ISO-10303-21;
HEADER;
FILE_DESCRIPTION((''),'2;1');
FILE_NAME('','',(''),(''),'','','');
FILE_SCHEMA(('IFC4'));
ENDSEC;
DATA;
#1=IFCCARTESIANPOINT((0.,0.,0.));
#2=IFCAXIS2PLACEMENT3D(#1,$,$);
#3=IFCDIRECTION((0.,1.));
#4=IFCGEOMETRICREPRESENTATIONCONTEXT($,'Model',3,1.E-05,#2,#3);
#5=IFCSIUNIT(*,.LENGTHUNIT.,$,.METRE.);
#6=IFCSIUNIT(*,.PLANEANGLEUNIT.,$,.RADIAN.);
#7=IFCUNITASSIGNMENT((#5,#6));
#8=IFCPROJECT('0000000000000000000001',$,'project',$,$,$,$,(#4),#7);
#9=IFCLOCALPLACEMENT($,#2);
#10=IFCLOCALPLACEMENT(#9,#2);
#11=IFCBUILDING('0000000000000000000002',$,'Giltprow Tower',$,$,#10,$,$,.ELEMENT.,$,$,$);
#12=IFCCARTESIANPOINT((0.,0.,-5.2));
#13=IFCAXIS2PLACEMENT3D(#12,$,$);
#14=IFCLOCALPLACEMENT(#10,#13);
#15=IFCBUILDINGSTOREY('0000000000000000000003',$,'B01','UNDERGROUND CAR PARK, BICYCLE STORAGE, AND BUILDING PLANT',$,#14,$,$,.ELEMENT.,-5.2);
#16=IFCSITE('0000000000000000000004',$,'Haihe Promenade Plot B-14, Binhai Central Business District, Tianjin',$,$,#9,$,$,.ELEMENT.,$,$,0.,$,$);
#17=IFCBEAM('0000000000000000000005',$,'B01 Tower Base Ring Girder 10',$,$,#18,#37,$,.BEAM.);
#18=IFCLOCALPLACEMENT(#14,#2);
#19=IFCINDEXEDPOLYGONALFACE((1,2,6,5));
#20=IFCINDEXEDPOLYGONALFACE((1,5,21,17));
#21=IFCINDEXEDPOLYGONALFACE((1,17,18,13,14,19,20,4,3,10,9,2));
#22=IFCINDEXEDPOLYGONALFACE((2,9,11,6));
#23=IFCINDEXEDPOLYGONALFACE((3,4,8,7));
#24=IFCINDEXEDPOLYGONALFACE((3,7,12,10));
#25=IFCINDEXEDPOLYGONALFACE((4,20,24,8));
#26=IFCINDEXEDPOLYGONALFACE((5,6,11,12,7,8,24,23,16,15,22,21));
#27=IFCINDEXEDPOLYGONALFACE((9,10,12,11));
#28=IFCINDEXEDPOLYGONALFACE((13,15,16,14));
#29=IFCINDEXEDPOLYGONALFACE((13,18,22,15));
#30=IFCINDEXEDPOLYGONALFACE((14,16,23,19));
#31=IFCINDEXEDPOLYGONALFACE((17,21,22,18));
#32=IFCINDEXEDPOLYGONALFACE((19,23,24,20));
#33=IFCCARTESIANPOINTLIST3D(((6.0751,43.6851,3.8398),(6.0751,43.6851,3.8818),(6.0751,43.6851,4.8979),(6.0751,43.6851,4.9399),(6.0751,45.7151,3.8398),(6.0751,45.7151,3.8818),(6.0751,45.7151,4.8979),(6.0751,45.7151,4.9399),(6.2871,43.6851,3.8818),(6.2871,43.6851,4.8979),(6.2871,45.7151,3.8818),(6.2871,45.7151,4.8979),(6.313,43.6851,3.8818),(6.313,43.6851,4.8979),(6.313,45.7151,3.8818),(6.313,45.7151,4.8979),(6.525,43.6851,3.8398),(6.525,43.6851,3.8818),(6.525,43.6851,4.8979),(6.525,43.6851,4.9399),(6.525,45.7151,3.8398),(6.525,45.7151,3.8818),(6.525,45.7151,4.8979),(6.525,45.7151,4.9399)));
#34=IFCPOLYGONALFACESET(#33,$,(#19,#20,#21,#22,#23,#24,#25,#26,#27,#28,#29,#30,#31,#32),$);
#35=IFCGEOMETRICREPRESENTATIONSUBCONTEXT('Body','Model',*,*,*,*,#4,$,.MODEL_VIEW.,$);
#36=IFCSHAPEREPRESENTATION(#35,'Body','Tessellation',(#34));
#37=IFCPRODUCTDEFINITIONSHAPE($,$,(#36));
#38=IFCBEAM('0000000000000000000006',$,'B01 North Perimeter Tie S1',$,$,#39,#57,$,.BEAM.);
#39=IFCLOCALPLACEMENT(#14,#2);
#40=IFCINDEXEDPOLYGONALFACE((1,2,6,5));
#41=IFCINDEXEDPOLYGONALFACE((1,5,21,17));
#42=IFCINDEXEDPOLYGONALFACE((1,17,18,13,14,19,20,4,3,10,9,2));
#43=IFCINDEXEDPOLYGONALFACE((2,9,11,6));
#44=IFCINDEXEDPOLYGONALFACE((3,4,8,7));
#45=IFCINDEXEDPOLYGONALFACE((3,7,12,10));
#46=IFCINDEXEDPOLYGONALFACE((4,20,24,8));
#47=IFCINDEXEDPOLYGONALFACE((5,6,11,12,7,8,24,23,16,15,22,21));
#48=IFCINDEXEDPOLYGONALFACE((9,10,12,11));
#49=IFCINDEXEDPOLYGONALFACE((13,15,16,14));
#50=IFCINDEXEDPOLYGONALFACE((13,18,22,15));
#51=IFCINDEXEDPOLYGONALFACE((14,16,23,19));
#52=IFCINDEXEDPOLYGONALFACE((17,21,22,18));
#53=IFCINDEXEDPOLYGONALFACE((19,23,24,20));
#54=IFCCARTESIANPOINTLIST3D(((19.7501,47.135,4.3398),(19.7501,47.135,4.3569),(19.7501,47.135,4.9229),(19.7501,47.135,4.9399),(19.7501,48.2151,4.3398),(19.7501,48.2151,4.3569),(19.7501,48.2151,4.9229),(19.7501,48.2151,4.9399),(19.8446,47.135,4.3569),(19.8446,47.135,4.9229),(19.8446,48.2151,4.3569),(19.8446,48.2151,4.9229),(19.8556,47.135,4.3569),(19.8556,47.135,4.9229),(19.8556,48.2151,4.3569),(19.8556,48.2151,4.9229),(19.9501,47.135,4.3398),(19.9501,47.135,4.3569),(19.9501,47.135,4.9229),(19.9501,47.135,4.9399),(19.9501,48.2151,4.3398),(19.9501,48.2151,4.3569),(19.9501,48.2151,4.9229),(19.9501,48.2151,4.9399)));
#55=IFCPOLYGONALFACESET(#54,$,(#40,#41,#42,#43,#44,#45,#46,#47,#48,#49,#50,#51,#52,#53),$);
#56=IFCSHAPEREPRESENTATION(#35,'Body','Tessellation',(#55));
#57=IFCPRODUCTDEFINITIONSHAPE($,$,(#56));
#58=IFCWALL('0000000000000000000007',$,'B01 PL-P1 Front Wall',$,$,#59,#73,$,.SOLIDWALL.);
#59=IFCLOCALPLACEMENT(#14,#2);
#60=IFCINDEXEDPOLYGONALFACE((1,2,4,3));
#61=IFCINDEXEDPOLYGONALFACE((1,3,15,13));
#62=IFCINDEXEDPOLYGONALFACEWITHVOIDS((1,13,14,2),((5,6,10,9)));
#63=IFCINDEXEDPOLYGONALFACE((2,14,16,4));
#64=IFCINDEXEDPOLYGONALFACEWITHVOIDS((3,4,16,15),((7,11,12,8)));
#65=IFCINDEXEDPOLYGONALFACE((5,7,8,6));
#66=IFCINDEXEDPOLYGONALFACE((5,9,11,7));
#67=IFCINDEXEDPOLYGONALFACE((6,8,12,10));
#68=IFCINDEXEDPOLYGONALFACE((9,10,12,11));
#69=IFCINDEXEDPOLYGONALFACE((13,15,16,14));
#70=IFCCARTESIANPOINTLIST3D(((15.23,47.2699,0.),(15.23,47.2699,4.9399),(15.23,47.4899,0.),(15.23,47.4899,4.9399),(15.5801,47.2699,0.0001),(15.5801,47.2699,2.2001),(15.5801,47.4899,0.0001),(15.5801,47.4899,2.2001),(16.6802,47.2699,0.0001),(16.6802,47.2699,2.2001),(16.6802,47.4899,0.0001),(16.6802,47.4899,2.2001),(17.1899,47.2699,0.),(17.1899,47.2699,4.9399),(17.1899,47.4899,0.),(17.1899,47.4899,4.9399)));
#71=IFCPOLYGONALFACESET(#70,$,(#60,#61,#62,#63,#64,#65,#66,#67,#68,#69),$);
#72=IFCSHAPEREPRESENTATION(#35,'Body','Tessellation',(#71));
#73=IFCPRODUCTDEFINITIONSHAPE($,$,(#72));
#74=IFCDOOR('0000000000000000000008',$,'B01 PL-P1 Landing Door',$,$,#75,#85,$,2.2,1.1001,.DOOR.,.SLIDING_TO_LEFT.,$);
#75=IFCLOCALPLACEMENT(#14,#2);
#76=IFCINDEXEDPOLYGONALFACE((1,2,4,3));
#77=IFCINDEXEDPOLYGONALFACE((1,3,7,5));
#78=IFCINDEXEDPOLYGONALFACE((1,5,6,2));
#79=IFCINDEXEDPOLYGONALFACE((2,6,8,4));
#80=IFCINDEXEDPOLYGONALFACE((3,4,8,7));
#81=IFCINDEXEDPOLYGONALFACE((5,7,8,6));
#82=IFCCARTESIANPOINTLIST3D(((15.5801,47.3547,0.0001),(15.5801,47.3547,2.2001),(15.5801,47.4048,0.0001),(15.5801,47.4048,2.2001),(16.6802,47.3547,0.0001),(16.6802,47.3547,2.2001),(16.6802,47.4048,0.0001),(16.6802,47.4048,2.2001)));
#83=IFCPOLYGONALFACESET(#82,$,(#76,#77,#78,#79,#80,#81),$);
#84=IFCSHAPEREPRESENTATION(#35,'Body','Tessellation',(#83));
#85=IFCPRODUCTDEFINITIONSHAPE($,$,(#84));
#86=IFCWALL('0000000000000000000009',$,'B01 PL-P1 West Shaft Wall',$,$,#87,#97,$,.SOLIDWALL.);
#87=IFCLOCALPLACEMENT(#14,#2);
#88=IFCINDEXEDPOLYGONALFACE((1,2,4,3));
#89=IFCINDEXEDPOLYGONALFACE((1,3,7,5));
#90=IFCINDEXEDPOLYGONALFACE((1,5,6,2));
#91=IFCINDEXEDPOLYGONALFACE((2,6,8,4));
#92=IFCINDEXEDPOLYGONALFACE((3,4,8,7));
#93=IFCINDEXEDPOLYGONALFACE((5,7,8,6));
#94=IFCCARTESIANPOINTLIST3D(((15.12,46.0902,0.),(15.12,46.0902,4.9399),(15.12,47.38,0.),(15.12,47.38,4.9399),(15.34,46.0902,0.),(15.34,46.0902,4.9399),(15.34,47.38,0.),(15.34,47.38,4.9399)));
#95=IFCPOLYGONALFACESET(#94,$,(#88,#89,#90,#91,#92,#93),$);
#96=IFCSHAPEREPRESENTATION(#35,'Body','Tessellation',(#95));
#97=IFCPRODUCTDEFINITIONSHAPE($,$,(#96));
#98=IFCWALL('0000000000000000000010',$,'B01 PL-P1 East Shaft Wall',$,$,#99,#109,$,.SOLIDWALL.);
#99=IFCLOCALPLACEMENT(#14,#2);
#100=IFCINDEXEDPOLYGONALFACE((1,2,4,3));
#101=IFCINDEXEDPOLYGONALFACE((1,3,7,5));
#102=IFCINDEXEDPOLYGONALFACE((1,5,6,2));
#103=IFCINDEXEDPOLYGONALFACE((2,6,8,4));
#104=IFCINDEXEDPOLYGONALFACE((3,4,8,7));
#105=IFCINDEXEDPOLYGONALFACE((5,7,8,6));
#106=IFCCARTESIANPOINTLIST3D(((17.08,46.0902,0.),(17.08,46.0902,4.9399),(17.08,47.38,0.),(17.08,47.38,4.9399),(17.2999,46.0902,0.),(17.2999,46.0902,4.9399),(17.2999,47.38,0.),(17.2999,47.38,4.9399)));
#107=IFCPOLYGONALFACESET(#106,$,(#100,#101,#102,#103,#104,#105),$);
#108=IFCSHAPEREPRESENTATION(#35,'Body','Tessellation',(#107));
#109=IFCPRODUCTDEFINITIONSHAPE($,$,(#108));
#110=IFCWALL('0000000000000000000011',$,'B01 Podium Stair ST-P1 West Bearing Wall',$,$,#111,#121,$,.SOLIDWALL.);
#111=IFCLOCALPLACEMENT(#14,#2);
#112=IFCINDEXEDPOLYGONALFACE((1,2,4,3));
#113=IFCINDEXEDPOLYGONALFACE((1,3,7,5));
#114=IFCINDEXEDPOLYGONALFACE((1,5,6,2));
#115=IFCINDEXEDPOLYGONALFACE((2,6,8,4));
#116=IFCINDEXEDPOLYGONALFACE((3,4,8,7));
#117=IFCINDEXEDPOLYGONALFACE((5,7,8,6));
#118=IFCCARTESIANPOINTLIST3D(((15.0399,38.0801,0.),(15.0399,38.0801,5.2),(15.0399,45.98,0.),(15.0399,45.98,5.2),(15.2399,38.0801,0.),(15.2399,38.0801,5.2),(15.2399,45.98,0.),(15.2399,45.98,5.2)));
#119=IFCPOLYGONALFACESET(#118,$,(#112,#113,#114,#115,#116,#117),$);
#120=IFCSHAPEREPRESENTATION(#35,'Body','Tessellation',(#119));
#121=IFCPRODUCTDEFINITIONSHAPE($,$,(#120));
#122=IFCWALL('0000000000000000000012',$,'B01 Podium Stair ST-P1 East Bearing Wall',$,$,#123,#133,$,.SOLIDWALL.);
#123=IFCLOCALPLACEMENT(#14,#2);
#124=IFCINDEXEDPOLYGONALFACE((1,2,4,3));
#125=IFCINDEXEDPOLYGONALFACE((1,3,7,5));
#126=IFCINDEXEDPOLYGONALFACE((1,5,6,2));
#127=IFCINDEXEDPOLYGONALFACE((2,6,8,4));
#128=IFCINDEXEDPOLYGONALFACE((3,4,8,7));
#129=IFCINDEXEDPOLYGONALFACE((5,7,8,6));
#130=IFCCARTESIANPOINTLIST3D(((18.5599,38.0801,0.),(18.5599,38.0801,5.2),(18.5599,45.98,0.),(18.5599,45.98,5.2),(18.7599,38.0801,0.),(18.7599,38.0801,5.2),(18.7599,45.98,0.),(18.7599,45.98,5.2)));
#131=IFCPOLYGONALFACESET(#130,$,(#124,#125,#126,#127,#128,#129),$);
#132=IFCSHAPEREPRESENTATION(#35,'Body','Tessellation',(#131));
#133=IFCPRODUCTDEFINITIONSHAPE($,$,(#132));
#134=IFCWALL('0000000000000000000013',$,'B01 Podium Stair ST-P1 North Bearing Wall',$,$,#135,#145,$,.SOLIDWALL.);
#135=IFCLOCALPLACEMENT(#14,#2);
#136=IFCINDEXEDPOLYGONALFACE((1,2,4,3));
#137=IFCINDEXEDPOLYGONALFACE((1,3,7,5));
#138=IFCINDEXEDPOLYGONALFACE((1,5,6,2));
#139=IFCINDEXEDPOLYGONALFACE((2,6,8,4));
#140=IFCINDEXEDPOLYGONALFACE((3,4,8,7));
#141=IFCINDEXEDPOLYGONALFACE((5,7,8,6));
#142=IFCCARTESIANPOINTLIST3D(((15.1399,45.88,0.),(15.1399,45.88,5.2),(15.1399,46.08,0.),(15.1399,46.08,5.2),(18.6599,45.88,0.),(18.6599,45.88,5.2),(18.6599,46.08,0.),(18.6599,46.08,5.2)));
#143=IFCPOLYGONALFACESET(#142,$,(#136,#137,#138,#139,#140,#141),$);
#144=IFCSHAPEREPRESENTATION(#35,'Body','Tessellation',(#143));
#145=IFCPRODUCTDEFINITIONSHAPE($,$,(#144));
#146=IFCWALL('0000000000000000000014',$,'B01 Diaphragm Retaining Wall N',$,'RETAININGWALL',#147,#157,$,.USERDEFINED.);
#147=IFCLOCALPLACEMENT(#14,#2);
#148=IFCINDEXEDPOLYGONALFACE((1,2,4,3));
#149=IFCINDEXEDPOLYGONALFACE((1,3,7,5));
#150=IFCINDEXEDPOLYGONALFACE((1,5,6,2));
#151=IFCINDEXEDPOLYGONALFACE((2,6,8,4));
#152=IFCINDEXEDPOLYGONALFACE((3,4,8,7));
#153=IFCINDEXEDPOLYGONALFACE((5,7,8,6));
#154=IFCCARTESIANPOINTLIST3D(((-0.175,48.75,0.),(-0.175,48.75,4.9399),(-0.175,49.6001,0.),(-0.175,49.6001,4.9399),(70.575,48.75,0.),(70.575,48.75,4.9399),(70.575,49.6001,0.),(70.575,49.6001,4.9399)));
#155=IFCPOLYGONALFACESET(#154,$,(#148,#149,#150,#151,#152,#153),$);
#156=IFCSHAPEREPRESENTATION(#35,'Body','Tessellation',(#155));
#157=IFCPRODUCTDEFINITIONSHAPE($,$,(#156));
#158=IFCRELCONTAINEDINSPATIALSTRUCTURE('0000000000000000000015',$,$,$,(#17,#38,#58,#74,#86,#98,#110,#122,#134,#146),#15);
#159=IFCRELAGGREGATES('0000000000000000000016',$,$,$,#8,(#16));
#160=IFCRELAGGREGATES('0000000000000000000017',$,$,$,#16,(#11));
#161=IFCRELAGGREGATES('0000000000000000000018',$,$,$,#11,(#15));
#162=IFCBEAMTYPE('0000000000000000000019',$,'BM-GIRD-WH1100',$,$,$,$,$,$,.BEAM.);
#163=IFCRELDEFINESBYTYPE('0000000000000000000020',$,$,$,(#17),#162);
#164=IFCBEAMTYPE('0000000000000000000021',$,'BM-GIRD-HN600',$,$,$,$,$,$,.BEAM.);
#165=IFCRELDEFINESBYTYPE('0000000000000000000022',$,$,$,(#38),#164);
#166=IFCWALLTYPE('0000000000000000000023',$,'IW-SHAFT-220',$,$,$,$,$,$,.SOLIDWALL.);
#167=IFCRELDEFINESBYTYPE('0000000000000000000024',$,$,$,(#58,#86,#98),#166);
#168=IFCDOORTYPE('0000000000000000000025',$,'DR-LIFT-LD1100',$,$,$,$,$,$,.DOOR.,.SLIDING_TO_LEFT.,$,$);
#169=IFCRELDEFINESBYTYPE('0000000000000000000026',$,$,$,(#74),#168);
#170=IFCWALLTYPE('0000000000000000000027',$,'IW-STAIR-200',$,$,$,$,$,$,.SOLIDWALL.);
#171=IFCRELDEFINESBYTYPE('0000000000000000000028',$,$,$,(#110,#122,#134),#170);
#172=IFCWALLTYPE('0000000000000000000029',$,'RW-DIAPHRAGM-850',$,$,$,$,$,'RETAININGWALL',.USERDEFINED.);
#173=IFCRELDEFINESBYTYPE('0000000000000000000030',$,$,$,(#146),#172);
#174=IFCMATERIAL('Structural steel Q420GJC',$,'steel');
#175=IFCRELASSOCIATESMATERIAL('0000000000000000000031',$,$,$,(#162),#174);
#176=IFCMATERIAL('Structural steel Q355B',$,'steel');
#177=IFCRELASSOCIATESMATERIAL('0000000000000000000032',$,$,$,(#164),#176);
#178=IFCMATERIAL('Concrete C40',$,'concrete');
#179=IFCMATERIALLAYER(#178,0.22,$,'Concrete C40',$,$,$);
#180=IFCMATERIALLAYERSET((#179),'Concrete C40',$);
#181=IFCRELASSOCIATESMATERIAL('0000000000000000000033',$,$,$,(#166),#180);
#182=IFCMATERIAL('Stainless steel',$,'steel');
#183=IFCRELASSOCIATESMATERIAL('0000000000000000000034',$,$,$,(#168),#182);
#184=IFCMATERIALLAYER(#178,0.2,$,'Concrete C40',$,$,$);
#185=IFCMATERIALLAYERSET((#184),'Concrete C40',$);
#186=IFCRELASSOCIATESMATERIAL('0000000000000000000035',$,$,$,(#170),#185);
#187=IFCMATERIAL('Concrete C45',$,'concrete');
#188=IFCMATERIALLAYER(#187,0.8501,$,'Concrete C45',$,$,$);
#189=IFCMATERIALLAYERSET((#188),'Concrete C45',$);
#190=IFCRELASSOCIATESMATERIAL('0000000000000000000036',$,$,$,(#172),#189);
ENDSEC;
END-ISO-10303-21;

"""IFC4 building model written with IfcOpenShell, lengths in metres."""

from ifc_helpers import new_model, si_unit, direction, frame, frame_2d, origin, origin_2d, place, context, subcontext, project, spatial, rectangle, i_section, extrude, source, transform, mapped, material, layer, layer_set, material_profile, profile_set, type_object, element, fill, save


model = new_model("IFC4")

# Units and contexts
model_context = context("Model", 3, precision=1e-05, world=origin(), true_north=direction((0.0, 1.0)))
body_context = subcontext(model_context, "Body", "Model", "MODEL_VIEW")
ifc_project = project(units=[si_unit("LENGTHUNIT", "METRE"), si_unit("PLANEANGLEUNIT", "RADIAN")], contexts=[model_context])

# Site, building, storey
site_placement = place(None, origin())
site = spatial("IfcSite", under=ifc_project, at=site_placement, Name="Haihe Promenade Plot B-14, Binhai Central Business District, Tianjin", CompositionType="ELEMENT", RefElevation=0.0)
building_placement = place(site_placement, origin())
building = spatial("IfcBuilding", under=site, at=building_placement, Name="Giltprow Tower", CompositionType="ELEMENT")
storey_placement = place(building_placement, frame((0.0, 0.0, -5.2)))
storey = spatial("IfcBuildingStorey", under=building, at=storey_placement, Name="B01", Description="UNDERGROUND CAR PARK, BICYCLE STORAGE, AND BUILDING PLANT", CompositionType="ELEMENT", Elevation=-5.2)

# Shared definitions
ifc_material_1 = material(Name="Concrete C45", Category="concrete")
ifc_material_2 = material(Name="Structural steel Q420GJC", Category="steel")

# Beams
ifc_material_profile_1 = material_profile(ifc_material_2, i_section(OverallWidth=0.45, OverallDepth=1.1001, WebThickness=0.0259, FlangeThickness=0.042, at=origin_2d()), Name="WH 1100x450x26x42")
ifc_profile_set_1 = profile_set([ifc_material_profile_1], Name="Structural steel Q420GJC")
beam_type_1 = type_object("IfcBeamType", Name="BM-GIRD-WH1100", PredefinedType="BEAM", material=ifc_profile_set_1)
shared_shape_1 = source(origin(), body_context, "Body", "SweptSolid", [
    extrude(i_section(OverallWidth=0.45, OverallDepth=1.1001, WebThickness=0.0259, FlangeThickness=0.042, at=origin_2d()), origin(), (0.0, 0.0, 1.0), 2.03),
])
beam_1_placement = place(storey_placement, frame((6.3, 45.7151, 4.3899), z_axis=(0.0, -1.0, 0.0), x_axis=(1.0, 0.0, 0.0)))
element("IfcBeam", 1, at=beam_1_placement, inside=storey, type_object=beam_type_1, Name="B01 Tower Base Ring Girder 10", PredefinedType="BEAM", context=body_context, shape_type="MappedRepresentation", body=[
    mapped(shared_shape_1, transform((0.0, 0.0, 0.0), x_axis=(1.0, 0.0, 0.0), y_axis=(0.0, 1.0, 0.0), z_axis=(0.0, 0.0, 1.0), scale=1.0)),
])
ifc_material_3 = material(Name="Structural steel Q355B", Category="steel")
ifc_material_profile_2 = material_profile(ifc_material_3, i_section(OverallWidth=0.2, OverallDepth=0.6001, WebThickness=0.011, FlangeThickness=0.0171, at=origin_2d()), Name="HN 600x200x11x17")
ifc_profile_set_2 = profile_set([ifc_material_profile_2], Name="Structural steel Q355B")
beam_type_2 = type_object("IfcBeamType", Name="BM-GIRD-HN600", PredefinedType="BEAM", material=ifc_profile_set_2)
shared_shape_2 = source(origin(), body_context, "Body", "SweptSolid", [
    extrude(i_section(OverallWidth=0.2, OverallDepth=0.6001, WebThickness=0.011, FlangeThickness=0.0171, at=origin_2d()), origin(), (0.0, 0.0, 1.0), 1.0801),
])
beam_2_placement = place(storey_placement, frame((19.8501, 47.135, 4.6399), z_axis=(0.0, 1.0, 0.0), x_axis=(-1.0, 0.0, 0.0)))
element("IfcBeam", 2, at=beam_2_placement, inside=storey, type_object=beam_type_2, Name="B01 North Perimeter Tie S1", PredefinedType="BEAM", context=body_context, shape_type="MappedRepresentation", body=[
    mapped(shared_shape_2, transform((0.0, 0.0, 0.0), x_axis=(1.0, 0.0, 0.0), y_axis=(0.0, 1.0, 0.0), z_axis=(0.0, 0.0, 1.0), scale=1.0)),
])

# Wall, opening, door
ifc_material_4 = material(Name="Concrete C40", Category="concrete")
ifc_layer_1 = layer(ifc_material_4, 0.22, Name="Concrete C40")
ifc_layer_set_1 = layer_set([ifc_layer_1], Name="Concrete C40")
wall_type_1 = type_object("IfcWallType", Name="IW-SHAFT-220", PredefinedType="SOLIDWALL", material=ifc_layer_set_1)
wall_1_placement = place(storey_placement, frame((15.23, 47.3799, 0.0), z_axis=(0.0, 0.0, 1.0), x_axis=(1.0, 0.0, 0.0)))
wall_1 = element("IfcWall", 3, at=wall_1_placement, inside=storey, type_object=wall_type_1, Name="B01 PL-P1 Front Wall", PredefinedType="SOLIDWALL", context=body_context, shape_type="SweptSolid", body=[
    extrude(rectangle(XDim=1.96, YDim=0.22, at=frame_2d((0.98, 0.0))), origin(), (0.0, 0.0, 1.0), 4.9399),
])
opening_1_placement = place(wall_1_placement, frame((0.3501, 0.0, 0.0)))
opening_1 = element("IfcOpeningElement", 4, at=opening_1_placement, cuts=wall_1, PredefinedType="OPENING", context=body_context, shape_type="SweptSolid", body=[
    extrude(rectangle(XDim=1.1001, YDim=2.2, at=frame_2d((0.55, 1.1001))), frame((0.0, 0.1199, 0.0), z_axis=(0.0, -1.0, 0.0), x_axis=(1.0, 0.0, 0.0)), (0.0, 0.0, 1.0), 0.24),
])
ifc_material_5 = material(Name="Stainless steel", Category="steel")
door_type_1 = type_object("IfcDoorType", Name="DR-LIFT-LD1100", OperationType="SLIDING_TO_LEFT", PredefinedType="DOOR", material=ifc_material_5)
shared_shape_3 = source(origin(), body_context, "Body", "SweptSolid", [
    extrude(rectangle(XDim=1.1001, YDim=2.2, at=frame_2d((0.55, 1.1001))), frame((0.0, 0.0249, 0.0), z_axis=(0.0, -1.0, 0.0), x_axis=(1.0, 0.0, 0.0)), (0.0, 0.0, 1.0), 0.05),
])
door_1_placement = place(opening_1_placement, origin())
door_1 = element("IfcDoor", 5, at=door_1_placement, inside=storey, type_object=door_type_1, Name="B01 PL-P1 Landing Door", OperationType="SLIDING_TO_LEFT", OverallHeight=2.2, OverallWidth=1.1001, PredefinedType="DOOR", context=body_context, shape_type="MappedRepresentation", body=[
    mapped(shared_shape_3, transform((0.0, 0.0, 0.0), x_axis=(1.0, 0.0, 0.0), y_axis=(0.0, 1.0, 0.0), z_axis=(0.0, 0.0, 1.0), scale=1.0)),
])
fill(opening_1, door_1)

# Walls
for number, where, z_axis, x_axis, name in (
    (6, (15.23, 46.0901, 0.0), (0.0, 0.0, 1.0), (0.0, 1.0, 0.0), "B01 PL-P1 West Shaft Wall"),
    (7, (17.1899, 46.0901, 0.0), (0.0, 0.0, 1.0), (0.0, 1.0, 0.0), "B01 PL-P1 East Shaft Wall"),
):
    element("IfcWall", number, at=place(storey_placement, frame(where, z_axis=z_axis, x_axis=x_axis)), inside=storey, type_object=wall_type_1, Name=name, PredefinedType="SOLIDWALL", context=body_context, shape_type="SweptSolid", body=[
        extrude(rectangle(XDim=1.2898, YDim=0.22, at=frame_2d((0.645, 0.0))), origin(), (0.0, 0.0, 1.0), 4.9399),
    ])
ifc_layer_2 = layer(ifc_material_4, 0.2, Name="Concrete C40")
ifc_layer_set_2 = layer_set([ifc_layer_2], Name="Concrete C40")
wall_type_2 = type_object("IfcWallType", Name="IW-STAIR-200", PredefinedType="SOLIDWALL", material=ifc_layer_set_2)
for number, where, z_axis, x_axis, name in (
    (8, (15.1399, 38.0801, 0.0), (0.0, 0.0, 1.0), (0.0, 1.0, 0.0), "B01 Podium Stair ST-P1 West Bearing Wall"),
    (9, (18.6599, 38.0801, 0.0), (0.0, 0.0, 1.0), (0.0, 1.0, 0.0), "B01 Podium Stair ST-P1 East Bearing Wall"),
):
    element("IfcWall", number, at=place(storey_placement, frame(where, z_axis=z_axis, x_axis=x_axis)), inside=storey, type_object=wall_type_2, Name=name, PredefinedType="SOLIDWALL", context=body_context, shape_type="SweptSolid", body=[
        extrude(rectangle(XDim=7.8999, YDim=0.2, at=frame_2d((3.95, 0.0))), origin(), (0.0, 0.0, 1.0), 5.2),
    ])
wall_2_placement = place(storey_placement, frame((15.1399, 45.98, 0.0), z_axis=(0.0, 0.0, 1.0), x_axis=(1.0, 0.0, 0.0)))
element("IfcWall", 10, at=wall_2_placement, inside=storey, type_object=wall_type_2, Name="B01 Podium Stair ST-P1 North Bearing Wall", PredefinedType="SOLIDWALL", context=body_context, shape_type="SweptSolid", body=[
    extrude(rectangle(XDim=3.52, YDim=0.2, at=frame_2d((1.76, 0.0))), origin(), (0.0, 0.0, 1.0), 5.2),
])

# Wall
ifc_layer_3 = layer(ifc_material_1, 0.8501, Name="Concrete C45")
ifc_layer_set_3 = layer_set([ifc_layer_3], Name="Concrete C45")
wall_type_3 = type_object("IfcWallType", Name="RW-DIAPHRAGM-850", ElementType="RETAININGWALL", PredefinedType="USERDEFINED", material=ifc_layer_set_3)
wall_3_placement = place(storey_placement, frame((-0.175, 49.175, 0.0), z_axis=(0.0, 0.0, 1.0), x_axis=(1.0, 0.0, 0.0)))
element("IfcWall", 11, at=wall_3_placement, inside=storey, type_object=wall_type_3, Name="B01 Diaphragm Retaining Wall N", ObjectType="RETAININGWALL", PredefinedType="USERDEFINED", context=body_context, shape_type="SweptSolid", body=[
    extrude(rectangle(XDim=70.75, YDim=0.8501, at=frame_2d((35.375, 0.0))), origin(), (0.0, 0.0, 1.0), 4.9399),
])

save(model, "model.ifc")
